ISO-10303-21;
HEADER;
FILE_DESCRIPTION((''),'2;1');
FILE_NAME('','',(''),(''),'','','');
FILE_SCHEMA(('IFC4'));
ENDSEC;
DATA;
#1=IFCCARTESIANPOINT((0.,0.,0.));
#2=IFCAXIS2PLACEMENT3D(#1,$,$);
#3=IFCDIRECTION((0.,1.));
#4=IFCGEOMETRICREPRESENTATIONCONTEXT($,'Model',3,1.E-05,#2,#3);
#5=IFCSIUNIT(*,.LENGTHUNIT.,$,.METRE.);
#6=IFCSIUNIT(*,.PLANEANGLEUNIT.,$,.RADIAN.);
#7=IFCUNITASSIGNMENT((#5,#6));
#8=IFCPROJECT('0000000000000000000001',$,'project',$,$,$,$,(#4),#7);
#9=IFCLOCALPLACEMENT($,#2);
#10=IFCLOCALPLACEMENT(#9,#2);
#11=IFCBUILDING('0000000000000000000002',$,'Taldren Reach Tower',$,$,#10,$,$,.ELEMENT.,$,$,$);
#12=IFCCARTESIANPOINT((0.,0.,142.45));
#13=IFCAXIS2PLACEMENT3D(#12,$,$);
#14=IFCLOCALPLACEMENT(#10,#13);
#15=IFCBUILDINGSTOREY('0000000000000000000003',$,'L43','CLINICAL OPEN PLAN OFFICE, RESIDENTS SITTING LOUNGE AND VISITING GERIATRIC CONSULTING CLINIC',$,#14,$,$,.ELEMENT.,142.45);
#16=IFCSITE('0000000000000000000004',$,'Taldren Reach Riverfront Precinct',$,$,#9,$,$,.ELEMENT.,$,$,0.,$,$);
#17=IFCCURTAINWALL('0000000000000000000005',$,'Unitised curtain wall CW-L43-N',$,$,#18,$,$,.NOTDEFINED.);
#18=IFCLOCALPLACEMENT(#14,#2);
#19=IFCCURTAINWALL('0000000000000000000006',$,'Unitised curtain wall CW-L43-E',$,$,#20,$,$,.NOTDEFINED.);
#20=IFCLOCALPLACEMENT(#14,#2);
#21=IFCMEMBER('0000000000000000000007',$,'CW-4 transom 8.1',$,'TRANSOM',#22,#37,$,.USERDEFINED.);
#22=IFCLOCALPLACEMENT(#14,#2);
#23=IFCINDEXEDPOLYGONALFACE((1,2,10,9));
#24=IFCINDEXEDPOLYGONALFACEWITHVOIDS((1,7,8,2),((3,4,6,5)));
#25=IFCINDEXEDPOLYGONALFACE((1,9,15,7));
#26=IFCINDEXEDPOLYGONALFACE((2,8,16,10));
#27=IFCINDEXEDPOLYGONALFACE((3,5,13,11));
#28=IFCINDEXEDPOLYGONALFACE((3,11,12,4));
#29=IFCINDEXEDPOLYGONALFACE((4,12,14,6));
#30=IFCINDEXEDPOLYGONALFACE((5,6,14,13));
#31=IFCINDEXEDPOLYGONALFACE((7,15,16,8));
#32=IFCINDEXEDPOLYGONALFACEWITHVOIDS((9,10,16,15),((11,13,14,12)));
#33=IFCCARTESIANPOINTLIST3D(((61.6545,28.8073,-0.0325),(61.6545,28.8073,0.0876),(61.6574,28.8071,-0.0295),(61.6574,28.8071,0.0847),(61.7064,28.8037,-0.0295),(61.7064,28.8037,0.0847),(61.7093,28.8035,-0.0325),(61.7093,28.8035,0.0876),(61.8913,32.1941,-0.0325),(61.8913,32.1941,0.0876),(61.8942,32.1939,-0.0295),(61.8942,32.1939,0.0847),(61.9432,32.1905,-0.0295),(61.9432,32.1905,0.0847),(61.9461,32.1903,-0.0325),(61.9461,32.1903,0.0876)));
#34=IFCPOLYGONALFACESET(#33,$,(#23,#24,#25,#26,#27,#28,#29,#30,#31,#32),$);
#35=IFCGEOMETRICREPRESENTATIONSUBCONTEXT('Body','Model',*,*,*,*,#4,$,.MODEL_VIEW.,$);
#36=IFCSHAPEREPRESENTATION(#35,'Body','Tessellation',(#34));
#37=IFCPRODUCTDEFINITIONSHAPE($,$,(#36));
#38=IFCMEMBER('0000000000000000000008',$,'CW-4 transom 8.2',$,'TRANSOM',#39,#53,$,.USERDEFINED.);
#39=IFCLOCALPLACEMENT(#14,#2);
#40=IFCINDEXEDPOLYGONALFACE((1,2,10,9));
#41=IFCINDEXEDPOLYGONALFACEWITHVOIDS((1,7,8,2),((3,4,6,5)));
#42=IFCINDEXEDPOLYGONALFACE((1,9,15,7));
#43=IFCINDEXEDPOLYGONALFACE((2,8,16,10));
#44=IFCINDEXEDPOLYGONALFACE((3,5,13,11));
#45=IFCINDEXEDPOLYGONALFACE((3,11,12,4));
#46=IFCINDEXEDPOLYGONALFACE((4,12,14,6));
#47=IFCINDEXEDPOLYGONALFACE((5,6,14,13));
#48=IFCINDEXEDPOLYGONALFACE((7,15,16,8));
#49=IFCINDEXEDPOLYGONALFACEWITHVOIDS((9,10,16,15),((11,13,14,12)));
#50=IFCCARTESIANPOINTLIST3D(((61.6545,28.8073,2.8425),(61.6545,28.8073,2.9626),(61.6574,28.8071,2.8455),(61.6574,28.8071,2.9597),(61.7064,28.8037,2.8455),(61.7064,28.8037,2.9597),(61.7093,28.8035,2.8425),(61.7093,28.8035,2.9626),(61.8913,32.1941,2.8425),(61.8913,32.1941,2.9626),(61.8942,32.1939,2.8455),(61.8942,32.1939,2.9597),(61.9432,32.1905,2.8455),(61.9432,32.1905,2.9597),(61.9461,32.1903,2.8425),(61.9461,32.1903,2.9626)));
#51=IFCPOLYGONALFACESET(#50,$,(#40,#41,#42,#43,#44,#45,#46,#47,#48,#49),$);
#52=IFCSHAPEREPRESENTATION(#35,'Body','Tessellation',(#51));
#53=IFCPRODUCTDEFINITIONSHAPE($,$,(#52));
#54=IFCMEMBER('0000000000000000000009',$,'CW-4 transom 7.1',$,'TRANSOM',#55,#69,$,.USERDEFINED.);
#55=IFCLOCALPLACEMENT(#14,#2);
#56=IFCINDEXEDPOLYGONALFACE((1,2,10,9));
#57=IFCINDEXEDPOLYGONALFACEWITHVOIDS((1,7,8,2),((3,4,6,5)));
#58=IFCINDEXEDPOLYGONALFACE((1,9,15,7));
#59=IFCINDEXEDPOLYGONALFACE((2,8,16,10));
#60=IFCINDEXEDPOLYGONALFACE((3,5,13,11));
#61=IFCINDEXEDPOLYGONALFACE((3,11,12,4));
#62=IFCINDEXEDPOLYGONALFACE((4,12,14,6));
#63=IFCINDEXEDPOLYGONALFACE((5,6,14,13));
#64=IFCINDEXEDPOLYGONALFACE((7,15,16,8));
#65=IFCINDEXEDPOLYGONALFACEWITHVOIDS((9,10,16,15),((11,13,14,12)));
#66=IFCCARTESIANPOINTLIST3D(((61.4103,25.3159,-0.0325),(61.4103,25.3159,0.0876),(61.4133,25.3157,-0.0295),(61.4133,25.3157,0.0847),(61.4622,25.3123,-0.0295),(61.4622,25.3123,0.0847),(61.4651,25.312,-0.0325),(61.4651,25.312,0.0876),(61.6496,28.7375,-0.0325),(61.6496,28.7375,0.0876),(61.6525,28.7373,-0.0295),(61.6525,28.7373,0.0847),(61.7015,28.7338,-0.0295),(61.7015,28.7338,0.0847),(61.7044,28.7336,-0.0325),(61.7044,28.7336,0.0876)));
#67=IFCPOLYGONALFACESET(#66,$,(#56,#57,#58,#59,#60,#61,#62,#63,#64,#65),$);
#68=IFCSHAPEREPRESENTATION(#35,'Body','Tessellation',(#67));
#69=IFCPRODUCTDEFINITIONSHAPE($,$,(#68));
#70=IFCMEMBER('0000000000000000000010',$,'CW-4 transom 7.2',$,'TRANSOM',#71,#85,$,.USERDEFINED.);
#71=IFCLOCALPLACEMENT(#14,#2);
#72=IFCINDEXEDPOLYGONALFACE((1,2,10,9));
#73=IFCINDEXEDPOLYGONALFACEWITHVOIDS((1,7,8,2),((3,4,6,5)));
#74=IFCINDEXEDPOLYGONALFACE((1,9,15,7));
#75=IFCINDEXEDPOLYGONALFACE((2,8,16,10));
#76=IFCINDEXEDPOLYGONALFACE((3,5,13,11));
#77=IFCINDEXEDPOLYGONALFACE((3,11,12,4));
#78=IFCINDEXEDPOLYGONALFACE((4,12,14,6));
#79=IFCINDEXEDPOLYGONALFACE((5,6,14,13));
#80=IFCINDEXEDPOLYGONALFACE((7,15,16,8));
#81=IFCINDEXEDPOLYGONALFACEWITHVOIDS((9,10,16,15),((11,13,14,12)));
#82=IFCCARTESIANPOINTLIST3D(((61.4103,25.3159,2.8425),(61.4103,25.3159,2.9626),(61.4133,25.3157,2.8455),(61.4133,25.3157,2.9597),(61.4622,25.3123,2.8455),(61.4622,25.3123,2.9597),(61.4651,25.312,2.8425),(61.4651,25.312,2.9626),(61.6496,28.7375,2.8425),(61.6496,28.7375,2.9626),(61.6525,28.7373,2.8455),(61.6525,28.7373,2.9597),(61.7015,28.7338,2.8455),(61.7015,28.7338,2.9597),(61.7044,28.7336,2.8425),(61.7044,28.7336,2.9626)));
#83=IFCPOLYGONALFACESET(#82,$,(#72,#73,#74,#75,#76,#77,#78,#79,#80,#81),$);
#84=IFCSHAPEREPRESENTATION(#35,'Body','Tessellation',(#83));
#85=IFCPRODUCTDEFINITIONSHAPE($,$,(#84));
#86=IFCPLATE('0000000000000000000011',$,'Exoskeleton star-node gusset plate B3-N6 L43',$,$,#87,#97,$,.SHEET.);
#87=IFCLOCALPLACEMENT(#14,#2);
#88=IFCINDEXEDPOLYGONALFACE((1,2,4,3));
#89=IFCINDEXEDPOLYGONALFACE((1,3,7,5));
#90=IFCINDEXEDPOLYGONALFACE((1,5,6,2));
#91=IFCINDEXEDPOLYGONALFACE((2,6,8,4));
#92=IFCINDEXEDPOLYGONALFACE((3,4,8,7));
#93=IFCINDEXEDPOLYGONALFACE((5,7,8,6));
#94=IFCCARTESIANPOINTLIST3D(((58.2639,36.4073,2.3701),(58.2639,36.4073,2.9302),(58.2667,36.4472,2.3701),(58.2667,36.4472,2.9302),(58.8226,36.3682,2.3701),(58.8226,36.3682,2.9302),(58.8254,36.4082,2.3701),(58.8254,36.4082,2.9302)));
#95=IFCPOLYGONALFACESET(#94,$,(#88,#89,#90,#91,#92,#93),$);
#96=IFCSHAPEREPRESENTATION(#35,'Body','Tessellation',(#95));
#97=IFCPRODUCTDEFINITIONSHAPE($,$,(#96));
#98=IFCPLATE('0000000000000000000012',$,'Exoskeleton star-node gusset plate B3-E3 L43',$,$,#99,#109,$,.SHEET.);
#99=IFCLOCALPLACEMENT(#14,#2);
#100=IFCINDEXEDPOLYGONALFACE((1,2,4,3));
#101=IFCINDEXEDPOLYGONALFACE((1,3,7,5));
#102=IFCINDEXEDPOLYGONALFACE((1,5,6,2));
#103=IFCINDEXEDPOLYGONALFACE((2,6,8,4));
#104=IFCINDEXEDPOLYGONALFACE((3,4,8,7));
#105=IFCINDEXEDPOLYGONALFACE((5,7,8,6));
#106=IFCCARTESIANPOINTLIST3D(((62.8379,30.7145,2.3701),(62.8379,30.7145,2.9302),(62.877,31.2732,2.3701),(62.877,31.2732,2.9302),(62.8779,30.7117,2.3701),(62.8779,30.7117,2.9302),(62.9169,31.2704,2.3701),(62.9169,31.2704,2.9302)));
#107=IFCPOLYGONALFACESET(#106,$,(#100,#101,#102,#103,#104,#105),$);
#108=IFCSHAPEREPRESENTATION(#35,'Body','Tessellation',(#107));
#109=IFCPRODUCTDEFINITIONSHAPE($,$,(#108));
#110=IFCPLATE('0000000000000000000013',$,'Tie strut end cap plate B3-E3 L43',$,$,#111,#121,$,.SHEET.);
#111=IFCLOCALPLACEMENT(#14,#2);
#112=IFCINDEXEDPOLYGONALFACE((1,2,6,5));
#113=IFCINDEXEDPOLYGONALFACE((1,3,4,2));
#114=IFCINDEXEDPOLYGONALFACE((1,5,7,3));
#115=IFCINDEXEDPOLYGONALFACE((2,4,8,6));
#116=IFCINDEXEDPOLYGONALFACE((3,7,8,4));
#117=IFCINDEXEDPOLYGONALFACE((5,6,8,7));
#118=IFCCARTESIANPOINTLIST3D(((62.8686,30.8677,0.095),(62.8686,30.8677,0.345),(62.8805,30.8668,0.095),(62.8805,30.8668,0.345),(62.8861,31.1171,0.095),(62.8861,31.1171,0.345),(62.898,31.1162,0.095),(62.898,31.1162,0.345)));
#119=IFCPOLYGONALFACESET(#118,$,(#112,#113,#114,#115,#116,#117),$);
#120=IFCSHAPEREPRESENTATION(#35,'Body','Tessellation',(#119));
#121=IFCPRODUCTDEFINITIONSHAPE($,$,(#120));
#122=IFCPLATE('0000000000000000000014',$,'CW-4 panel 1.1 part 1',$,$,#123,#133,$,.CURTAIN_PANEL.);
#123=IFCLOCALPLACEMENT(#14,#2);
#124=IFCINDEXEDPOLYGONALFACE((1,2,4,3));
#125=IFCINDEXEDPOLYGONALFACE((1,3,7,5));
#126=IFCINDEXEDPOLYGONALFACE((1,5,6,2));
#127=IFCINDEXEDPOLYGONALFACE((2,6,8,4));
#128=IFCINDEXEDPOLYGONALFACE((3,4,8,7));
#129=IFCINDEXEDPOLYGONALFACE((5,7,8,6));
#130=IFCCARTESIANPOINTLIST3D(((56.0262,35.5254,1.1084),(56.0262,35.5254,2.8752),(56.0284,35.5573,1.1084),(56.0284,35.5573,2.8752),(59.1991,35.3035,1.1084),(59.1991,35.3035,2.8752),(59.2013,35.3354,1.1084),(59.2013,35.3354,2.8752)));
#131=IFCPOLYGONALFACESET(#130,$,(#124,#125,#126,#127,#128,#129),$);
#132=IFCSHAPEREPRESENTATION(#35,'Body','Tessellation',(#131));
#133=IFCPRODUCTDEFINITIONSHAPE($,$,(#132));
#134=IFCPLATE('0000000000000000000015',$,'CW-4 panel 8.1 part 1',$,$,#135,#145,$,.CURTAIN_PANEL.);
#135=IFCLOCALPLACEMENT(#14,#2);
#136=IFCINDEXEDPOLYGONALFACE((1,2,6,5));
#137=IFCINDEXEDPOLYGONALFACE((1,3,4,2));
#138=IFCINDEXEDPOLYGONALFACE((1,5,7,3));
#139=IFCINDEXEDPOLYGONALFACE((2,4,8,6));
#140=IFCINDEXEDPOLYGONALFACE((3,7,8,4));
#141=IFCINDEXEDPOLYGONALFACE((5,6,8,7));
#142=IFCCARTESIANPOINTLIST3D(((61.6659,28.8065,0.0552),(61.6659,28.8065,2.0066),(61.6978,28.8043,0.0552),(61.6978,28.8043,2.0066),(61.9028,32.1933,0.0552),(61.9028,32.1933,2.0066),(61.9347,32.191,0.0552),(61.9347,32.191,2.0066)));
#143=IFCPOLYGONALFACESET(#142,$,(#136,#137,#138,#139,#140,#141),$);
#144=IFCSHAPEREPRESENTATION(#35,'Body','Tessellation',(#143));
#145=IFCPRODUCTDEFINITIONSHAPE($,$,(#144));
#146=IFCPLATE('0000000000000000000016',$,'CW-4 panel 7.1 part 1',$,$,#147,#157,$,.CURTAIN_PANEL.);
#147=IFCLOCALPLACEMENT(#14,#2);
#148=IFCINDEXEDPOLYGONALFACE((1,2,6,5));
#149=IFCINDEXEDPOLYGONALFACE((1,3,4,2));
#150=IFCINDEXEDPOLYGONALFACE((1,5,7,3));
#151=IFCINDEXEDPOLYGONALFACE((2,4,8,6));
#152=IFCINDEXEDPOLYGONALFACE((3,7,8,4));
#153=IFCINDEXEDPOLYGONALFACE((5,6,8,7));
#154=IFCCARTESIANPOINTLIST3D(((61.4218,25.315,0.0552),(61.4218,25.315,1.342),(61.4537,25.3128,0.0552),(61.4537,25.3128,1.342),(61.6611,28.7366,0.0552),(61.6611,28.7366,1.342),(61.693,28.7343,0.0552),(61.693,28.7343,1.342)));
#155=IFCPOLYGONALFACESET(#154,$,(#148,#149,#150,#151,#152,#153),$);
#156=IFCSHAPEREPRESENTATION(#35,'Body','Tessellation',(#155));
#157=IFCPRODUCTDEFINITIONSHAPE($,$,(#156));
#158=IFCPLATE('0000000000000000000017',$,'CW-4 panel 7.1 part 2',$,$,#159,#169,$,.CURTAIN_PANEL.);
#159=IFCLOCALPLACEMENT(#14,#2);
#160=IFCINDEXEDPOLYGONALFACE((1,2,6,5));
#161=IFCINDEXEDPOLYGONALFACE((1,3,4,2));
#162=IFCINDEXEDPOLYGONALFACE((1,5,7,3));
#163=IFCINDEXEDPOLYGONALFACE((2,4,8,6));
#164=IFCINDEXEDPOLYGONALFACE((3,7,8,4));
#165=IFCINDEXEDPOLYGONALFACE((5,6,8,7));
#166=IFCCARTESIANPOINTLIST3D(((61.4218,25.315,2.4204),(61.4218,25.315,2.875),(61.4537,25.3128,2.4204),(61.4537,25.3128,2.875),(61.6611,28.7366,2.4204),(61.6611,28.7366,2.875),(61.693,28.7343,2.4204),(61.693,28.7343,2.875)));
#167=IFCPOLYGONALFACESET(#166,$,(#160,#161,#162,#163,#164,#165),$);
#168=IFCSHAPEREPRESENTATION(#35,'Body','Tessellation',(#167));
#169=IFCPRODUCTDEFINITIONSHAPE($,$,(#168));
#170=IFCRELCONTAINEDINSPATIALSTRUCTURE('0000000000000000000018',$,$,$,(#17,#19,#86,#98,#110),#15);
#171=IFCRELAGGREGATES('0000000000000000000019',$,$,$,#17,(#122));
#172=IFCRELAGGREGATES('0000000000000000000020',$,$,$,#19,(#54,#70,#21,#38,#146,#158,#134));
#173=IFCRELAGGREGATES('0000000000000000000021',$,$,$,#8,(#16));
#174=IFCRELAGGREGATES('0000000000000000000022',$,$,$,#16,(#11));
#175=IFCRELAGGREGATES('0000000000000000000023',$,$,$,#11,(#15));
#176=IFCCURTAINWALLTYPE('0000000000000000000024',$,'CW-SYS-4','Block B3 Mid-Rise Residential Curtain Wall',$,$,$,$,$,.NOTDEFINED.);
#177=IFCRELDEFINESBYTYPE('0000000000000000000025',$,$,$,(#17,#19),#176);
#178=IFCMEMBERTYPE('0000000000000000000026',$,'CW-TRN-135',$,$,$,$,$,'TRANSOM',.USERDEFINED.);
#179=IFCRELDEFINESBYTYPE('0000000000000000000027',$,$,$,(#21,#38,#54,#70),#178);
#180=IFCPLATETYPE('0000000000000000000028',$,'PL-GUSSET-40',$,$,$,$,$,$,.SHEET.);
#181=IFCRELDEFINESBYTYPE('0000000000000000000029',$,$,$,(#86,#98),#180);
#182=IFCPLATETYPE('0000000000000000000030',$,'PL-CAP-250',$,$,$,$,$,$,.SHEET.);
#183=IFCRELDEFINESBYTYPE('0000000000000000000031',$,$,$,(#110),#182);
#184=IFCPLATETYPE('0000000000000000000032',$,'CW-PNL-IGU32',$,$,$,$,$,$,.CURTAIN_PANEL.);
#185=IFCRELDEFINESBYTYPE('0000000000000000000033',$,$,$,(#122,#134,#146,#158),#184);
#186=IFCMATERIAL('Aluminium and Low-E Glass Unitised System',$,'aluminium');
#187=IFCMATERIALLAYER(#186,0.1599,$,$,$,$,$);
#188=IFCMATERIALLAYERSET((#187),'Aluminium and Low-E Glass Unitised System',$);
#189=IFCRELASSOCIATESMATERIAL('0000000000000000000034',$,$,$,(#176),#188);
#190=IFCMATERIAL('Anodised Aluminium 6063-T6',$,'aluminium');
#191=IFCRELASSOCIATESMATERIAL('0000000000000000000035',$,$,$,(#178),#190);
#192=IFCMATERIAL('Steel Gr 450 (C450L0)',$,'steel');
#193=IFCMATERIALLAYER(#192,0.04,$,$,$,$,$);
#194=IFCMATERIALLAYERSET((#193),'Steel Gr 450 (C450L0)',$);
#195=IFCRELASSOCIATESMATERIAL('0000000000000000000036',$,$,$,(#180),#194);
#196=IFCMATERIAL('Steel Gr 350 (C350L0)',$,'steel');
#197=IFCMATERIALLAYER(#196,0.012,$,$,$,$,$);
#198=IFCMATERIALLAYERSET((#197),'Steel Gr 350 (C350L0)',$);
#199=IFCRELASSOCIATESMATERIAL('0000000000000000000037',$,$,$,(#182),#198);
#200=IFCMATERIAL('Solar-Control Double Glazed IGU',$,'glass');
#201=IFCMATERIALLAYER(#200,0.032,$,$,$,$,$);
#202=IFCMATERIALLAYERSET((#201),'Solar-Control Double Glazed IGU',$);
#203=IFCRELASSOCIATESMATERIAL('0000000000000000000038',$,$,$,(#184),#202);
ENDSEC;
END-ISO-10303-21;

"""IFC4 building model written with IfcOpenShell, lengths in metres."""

from ifc_helpers import new_model, si_unit, direction, frame, origin, origin_2d, place, context, subcontext, project, spatial, rectangle, hollow_rectangle, extrude, source, transform, mapped, material, layer, layer_set, material_profile, profile_set, type_object, element, aggregate, save


model = new_model("IFC4")

# Units and contexts
model_context = context("Model", 3, precision=1e-05, world=origin(), true_north=direction((0.0, 1.0)))
body_context = subcontext(model_context, "Body", "Model", "MODEL_VIEW")
ifc_project = project(units=[si_unit("LENGTHUNIT", "METRE"), si_unit("PLANEANGLEUNIT", "RADIAN")], contexts=[model_context])

# Site, building, storey
site_placement = place(None, origin())
site = spatial("IfcSite", under=ifc_project, at=site_placement, Name="Taldren Reach Riverfront Precinct", CompositionType="ELEMENT", RefElevation=0.0)
building_placement = place(site_placement, origin())
building = spatial("IfcBuilding", under=site, at=building_placement, Name="Taldren Reach Tower", CompositionType="ELEMENT")
storey_placement = place(building_placement, frame((0.0, 0.0, 142.45)))
storey = spatial("IfcBuildingStorey", under=building, at=storey_placement, Name="L43", Description="CLINICAL OPEN PLAN OFFICE, RESIDENTS SITTING LOUNGE AND VISITING GERIATRIC CONSULTING CLINIC", CompositionType="ELEMENT", Elevation=142.45)

# Shared definitions
ifc_material_1 = material(Name="Steel Gr 450 (C450L0)", Category="steel")

# Shared definitions
ifc_material_2 = material(Name="Steel Gr 350 (C350L0)", Category="steel")

# Curtain wall
ifc_material_3 = material(Name="Aluminium and Low-E Glass Unitised System", Category="aluminium")
ifc_layer_1 = layer(ifc_material_3, 0.1599)
ifc_layer_set_1 = layer_set([ifc_layer_1], Name="Aluminium and Low-E Glass Unitised System")
curtain_wall_type = type_object("IfcCurtainWallType", Name="CW-SYS-4", Description="Block B3 Mid-Rise Residential Curtain Wall", PredefinedType="NOTDEFINED", material=ifc_layer_set_1)
curtain_wall_1_placement = place(storey_placement, origin())
curtain_wall_1 = element("IfcCurtainWall", 1, at=curtain_wall_1_placement, inside=storey, type_object=curtain_wall_type, Name="Unitised curtain wall CW-L43-N", PredefinedType="NOTDEFINED")
ifc_material_4 = material(Name="Anodised Aluminium 6063-T6", Category="aluminium")

# Curtain wall
curtain_wall_2_placement = place(storey_placement, origin())
curtain_wall_2 = element("IfcCurtainWall", 2, at=curtain_wall_2_placement, inside=storey, type_object=curtain_wall_type, Name="Unitised curtain wall CW-L43-E", PredefinedType="NOTDEFINED")

# Members
ifc_material_profile_1 = material_profile(ifc_material_4, hollow_rectangle(XDim=0.0549, YDim=0.1201, WallThickness=0.0029, at=origin_2d()), Name="ALU-120x55x3RHS")
ifc_profile_set_1 = profile_set([ifc_material_profile_1], Name="Anodised Aluminium 6063-T6")
member_type_1 = type_object("IfcMemberType", Name="CW-TRN-135", ElementType="TRANSOM", PredefinedType="USERDEFINED", material=ifc_profile_set_1)
shared_shape_1 = source(origin(), body_context, "Body", "SweptSolid", [
    extrude(hollow_rectangle(XDim=0.0549, YDim=0.1201, WallThickness=0.0029, at=origin_2d()), origin(), (0.0, 0.0, 1.0), 3.395),
])
member_1_placement = place(storey_placement, frame((61.6819, 28.8054, 0.0276), z_axis=(0.069755, 0.997564, 0.0), x_axis=(-0.997564, 0.069755, 0.0)))
member_1 = element("IfcMember", 3, at=member_1_placement, type_object=member_type_1, Name="CW-4 transom 8.1", ObjectType="TRANSOM", PredefinedType="USERDEFINED", context=body_context, shape_type="MappedRepresentation", body=[
    mapped(shared_shape_1, transform((0.0, 0.0, 0.0), scale=1.0)),
])
member_2_placement = place(storey_placement, frame((61.6819, 28.8054, 2.9026), z_axis=(0.069755, 0.997564, 0.0), x_axis=(-0.997564, 0.069755, 0.0)))
member_2 = element("IfcMember", 4, at=member_2_placement, type_object=member_type_1, Name="CW-4 transom 8.2", ObjectType="TRANSOM", PredefinedType="USERDEFINED", context=body_context, shape_type="MappedRepresentation", body=[
    mapped(shared_shape_1, transform((0.0, 0.0, 0.0), scale=1.0)),
])
shared_shape_2 = source(origin(), body_context, "Body", "SweptSolid", [
    extrude(hollow_rectangle(XDim=0.0549, YDim=0.1201, WallThickness=0.0029, at=origin_2d()), origin(), (0.0, 0.0, 1.0), 3.4299),
])
member_3_placement = place(storey_placement, frame((61.4377, 25.314, 0.0276), z_axis=(0.069755, 0.997564, 0.0), x_axis=(-0.997564, 0.069755, 0.0)))
member_3 = element("IfcMember", 5, at=member_3_placement, type_object=member_type_1, Name="CW-4 transom 7.1", ObjectType="TRANSOM", PredefinedType="USERDEFINED", context=body_context, shape_type="MappedRepresentation", body=[
    mapped(shared_shape_2, transform((0.0, 0.0, 0.0), scale=1.0)),
])
member_4_placement = place(storey_placement, frame((61.4377, 25.314, 2.9026), z_axis=(0.069755, 0.997564, 0.0), x_axis=(-0.997564, 0.069755, 0.0)))
member_4 = element("IfcMember", 6, at=member_4_placement, type_object=member_type_1, Name="CW-4 transom 7.2", ObjectType="TRANSOM", PredefinedType="USERDEFINED", context=body_context, shape_type="MappedRepresentation", body=[
    mapped(shared_shape_2, transform((0.0, 0.0, 0.0), scale=1.0)),
])

# Plates
ifc_layer_2 = layer(ifc_material_1, 0.04)
ifc_layer_set_2 = layer_set([ifc_layer_2], Name="Steel Gr 450 (C450L0)")
plate_type_1 = type_object("IfcPlateType", Name="PL-GUSSET-40", PredefinedType="SHEET", material=ifc_layer_set_2)
shared_shape_3 = source(origin(), body_context, "Body", "SweptSolid", [
    extrude(rectangle(XDim=0.5601, YDim=0.04, at=origin_2d()), origin(), (0.0, 0.0, 1.0), 0.5601),
])
for number, where, z_axis, x_axis, name in (
    (7, (58.5447, 36.4077, 2.3701), (0.0, 0.0, 1.0), (0.997564, -0.069756, 0.0), "Exoskeleton star-node gusset plate B3-N6 L43"),
    (8, (62.8774, 30.9924, 2.3701), (0.0, 0.0, 1.0), (0.069756, 0.997564, 0.0), "Exoskeleton star-node gusset plate B3-E3 L43"),
):
    element("IfcPlate", number, at=place(storey_placement, frame(where, z_axis=z_axis, x_axis=x_axis)), inside=storey, type_object=plate_type_1, Name=name, PredefinedType="SHEET", context=body_context, shape_type="MappedRepresentation", body=[
        mapped(shared_shape_3, transform((0.0, 0.0, 0.0), scale=1.0)),
    ])
ifc_layer_3 = layer(ifc_material_2, 0.012)
ifc_layer_set_3 = layer_set([ifc_layer_3], Name="Steel Gr 350 (C350L0)")
plate_type_2 = type_object("IfcPlateType", Name="PL-CAP-250", PredefinedType="SHEET", material=ifc_layer_set_3)
shared_shape_4 = source(origin(), body_context, "Body", "SweptSolid", [
    extrude(rectangle(XDim=0.012, YDim=0.25, at=origin_2d()), origin(), (0.0, 0.0, 1.0), 0.25),
])
plate_1_placement = place(storey_placement, frame((62.8833, 30.9919, 0.095), z_axis=(0.0, 0.0, 1.0), x_axis=(0.997564, -0.069756, 0.0)))
element("IfcPlate", 9, at=plate_1_placement, inside=storey, type_object=plate_type_2, Name="Tie strut end cap plate B3-E3 L43", PredefinedType="SHEET", context=body_context, shape_type="MappedRepresentation", body=[
    mapped(shared_shape_4, transform((0.0, 0.0, 0.0), scale=1.0)),
])

# Plates
ifc_material_5 = material(Name="Solar-Control Double Glazed IGU", Category="glass")
ifc_layer_4 = layer(ifc_material_5, 0.032)
ifc_layer_set_4 = layer_set([ifc_layer_4], Name="Solar-Control Double Glazed IGU")
plate_type_3 = type_object("IfcPlateType", Name="CW-PNL-IGU32", PredefinedType="CURTAIN_PANEL", material=ifc_layer_set_4)
shared_shape_5 = source(origin(), body_context, "Body", "SweptSolid", [
    extrude(rectangle(XDim=3.1807, YDim=0.032, at=origin_2d()), origin(), (0.0, 0.0, 1.0), 1.7668),
])
plate_2_placement = place(storey_placement, frame((57.6138, 35.4304, 1.1084), z_axis=(0.0, 0.0, 1.0), x_axis=(-0.997564, 0.069757, 0.0)))
plate_2 = element("IfcPlate", 10, at=plate_2_placement, type_object=plate_type_3, Name="CW-4 panel 1.1 part 1", PredefinedType="CURTAIN_PANEL", context=body_context, shape_type="MappedRepresentation", body=[
    mapped(shared_shape_5, transform((0.0, 0.0, 0.0), scale=1.0)),
])
aggregate(curtain_wall_1, [plate_2])
shared_shape_6 = source(origin(), body_context, "Body", "SweptSolid", [
    extrude(rectangle(XDim=3.395, YDim=0.032, at=origin_2d()), origin(), (0.0, 0.0, 1.0), 1.9514),
])
plate_3_placement = place(storey_placement, frame((61.8003, 30.4988, 0.0552), z_axis=(0.0, 0.0, 1.0), x_axis=(0.069756, 0.997564, 0.0)))
plate_3 = element("IfcPlate", 11, at=plate_3_placement, type_object=plate_type_3, Name="CW-4 panel 8.1 part 1", PredefinedType="CURTAIN_PANEL", context=body_context, shape_type="MappedRepresentation", body=[
    mapped(shared_shape_6, transform((0.0, 0.0, 0.0), scale=1.0)),
])
shared_shape_7 = source(origin(), body_context, "Body", "SweptSolid", [
    extrude(rectangle(XDim=3.4299, YDim=0.032, at=origin_2d()), origin(), (0.0, 0.0, 1.0), 1.2869),
])
plate_4_placement = place(storey_placement, frame((61.5574, 27.0247, 0.0552), z_axis=(0.0, 0.0, 1.0), x_axis=(0.069756, 0.997564, 0.0)))
plate_4 = element("IfcPlate", 12, at=plate_4_placement, type_object=plate_type_3, Name="CW-4 panel 7.1 part 1", PredefinedType="CURTAIN_PANEL", context=body_context, shape_type="MappedRepresentation", body=[
    mapped(shared_shape_7, transform((0.0, 0.0, 0.0), scale=1.0)),
])
shared_shape_8 = source(origin(), body_context, "Body", "SweptSolid", [
    extrude(rectangle(XDim=3.4299, YDim=0.032, at=origin_2d()), origin(), (0.0, 0.0, 1.0), 0.4546),
])
plate_5_placement = place(storey_placement, frame((61.5574, 27.0247, 2.4204), z_axis=(0.0, 0.0, 1.0), x_axis=(0.069756, 0.997564, 0.0)))
plate_5 = element("IfcPlate", 13, at=plate_5_placement, type_object=plate_type_3, Name="CW-4 panel 7.1 part 2", PredefinedType="CURTAIN_PANEL", context=body_context, shape_type="MappedRepresentation", body=[
    mapped(shared_shape_8, transform((0.0, 0.0, 0.0), scale=1.0)),
])
aggregate(curtain_wall_2, [member_3, member_4, member_1, member_2, plate_4, plate_5, plate_3])

save(model, "model.ifc")
